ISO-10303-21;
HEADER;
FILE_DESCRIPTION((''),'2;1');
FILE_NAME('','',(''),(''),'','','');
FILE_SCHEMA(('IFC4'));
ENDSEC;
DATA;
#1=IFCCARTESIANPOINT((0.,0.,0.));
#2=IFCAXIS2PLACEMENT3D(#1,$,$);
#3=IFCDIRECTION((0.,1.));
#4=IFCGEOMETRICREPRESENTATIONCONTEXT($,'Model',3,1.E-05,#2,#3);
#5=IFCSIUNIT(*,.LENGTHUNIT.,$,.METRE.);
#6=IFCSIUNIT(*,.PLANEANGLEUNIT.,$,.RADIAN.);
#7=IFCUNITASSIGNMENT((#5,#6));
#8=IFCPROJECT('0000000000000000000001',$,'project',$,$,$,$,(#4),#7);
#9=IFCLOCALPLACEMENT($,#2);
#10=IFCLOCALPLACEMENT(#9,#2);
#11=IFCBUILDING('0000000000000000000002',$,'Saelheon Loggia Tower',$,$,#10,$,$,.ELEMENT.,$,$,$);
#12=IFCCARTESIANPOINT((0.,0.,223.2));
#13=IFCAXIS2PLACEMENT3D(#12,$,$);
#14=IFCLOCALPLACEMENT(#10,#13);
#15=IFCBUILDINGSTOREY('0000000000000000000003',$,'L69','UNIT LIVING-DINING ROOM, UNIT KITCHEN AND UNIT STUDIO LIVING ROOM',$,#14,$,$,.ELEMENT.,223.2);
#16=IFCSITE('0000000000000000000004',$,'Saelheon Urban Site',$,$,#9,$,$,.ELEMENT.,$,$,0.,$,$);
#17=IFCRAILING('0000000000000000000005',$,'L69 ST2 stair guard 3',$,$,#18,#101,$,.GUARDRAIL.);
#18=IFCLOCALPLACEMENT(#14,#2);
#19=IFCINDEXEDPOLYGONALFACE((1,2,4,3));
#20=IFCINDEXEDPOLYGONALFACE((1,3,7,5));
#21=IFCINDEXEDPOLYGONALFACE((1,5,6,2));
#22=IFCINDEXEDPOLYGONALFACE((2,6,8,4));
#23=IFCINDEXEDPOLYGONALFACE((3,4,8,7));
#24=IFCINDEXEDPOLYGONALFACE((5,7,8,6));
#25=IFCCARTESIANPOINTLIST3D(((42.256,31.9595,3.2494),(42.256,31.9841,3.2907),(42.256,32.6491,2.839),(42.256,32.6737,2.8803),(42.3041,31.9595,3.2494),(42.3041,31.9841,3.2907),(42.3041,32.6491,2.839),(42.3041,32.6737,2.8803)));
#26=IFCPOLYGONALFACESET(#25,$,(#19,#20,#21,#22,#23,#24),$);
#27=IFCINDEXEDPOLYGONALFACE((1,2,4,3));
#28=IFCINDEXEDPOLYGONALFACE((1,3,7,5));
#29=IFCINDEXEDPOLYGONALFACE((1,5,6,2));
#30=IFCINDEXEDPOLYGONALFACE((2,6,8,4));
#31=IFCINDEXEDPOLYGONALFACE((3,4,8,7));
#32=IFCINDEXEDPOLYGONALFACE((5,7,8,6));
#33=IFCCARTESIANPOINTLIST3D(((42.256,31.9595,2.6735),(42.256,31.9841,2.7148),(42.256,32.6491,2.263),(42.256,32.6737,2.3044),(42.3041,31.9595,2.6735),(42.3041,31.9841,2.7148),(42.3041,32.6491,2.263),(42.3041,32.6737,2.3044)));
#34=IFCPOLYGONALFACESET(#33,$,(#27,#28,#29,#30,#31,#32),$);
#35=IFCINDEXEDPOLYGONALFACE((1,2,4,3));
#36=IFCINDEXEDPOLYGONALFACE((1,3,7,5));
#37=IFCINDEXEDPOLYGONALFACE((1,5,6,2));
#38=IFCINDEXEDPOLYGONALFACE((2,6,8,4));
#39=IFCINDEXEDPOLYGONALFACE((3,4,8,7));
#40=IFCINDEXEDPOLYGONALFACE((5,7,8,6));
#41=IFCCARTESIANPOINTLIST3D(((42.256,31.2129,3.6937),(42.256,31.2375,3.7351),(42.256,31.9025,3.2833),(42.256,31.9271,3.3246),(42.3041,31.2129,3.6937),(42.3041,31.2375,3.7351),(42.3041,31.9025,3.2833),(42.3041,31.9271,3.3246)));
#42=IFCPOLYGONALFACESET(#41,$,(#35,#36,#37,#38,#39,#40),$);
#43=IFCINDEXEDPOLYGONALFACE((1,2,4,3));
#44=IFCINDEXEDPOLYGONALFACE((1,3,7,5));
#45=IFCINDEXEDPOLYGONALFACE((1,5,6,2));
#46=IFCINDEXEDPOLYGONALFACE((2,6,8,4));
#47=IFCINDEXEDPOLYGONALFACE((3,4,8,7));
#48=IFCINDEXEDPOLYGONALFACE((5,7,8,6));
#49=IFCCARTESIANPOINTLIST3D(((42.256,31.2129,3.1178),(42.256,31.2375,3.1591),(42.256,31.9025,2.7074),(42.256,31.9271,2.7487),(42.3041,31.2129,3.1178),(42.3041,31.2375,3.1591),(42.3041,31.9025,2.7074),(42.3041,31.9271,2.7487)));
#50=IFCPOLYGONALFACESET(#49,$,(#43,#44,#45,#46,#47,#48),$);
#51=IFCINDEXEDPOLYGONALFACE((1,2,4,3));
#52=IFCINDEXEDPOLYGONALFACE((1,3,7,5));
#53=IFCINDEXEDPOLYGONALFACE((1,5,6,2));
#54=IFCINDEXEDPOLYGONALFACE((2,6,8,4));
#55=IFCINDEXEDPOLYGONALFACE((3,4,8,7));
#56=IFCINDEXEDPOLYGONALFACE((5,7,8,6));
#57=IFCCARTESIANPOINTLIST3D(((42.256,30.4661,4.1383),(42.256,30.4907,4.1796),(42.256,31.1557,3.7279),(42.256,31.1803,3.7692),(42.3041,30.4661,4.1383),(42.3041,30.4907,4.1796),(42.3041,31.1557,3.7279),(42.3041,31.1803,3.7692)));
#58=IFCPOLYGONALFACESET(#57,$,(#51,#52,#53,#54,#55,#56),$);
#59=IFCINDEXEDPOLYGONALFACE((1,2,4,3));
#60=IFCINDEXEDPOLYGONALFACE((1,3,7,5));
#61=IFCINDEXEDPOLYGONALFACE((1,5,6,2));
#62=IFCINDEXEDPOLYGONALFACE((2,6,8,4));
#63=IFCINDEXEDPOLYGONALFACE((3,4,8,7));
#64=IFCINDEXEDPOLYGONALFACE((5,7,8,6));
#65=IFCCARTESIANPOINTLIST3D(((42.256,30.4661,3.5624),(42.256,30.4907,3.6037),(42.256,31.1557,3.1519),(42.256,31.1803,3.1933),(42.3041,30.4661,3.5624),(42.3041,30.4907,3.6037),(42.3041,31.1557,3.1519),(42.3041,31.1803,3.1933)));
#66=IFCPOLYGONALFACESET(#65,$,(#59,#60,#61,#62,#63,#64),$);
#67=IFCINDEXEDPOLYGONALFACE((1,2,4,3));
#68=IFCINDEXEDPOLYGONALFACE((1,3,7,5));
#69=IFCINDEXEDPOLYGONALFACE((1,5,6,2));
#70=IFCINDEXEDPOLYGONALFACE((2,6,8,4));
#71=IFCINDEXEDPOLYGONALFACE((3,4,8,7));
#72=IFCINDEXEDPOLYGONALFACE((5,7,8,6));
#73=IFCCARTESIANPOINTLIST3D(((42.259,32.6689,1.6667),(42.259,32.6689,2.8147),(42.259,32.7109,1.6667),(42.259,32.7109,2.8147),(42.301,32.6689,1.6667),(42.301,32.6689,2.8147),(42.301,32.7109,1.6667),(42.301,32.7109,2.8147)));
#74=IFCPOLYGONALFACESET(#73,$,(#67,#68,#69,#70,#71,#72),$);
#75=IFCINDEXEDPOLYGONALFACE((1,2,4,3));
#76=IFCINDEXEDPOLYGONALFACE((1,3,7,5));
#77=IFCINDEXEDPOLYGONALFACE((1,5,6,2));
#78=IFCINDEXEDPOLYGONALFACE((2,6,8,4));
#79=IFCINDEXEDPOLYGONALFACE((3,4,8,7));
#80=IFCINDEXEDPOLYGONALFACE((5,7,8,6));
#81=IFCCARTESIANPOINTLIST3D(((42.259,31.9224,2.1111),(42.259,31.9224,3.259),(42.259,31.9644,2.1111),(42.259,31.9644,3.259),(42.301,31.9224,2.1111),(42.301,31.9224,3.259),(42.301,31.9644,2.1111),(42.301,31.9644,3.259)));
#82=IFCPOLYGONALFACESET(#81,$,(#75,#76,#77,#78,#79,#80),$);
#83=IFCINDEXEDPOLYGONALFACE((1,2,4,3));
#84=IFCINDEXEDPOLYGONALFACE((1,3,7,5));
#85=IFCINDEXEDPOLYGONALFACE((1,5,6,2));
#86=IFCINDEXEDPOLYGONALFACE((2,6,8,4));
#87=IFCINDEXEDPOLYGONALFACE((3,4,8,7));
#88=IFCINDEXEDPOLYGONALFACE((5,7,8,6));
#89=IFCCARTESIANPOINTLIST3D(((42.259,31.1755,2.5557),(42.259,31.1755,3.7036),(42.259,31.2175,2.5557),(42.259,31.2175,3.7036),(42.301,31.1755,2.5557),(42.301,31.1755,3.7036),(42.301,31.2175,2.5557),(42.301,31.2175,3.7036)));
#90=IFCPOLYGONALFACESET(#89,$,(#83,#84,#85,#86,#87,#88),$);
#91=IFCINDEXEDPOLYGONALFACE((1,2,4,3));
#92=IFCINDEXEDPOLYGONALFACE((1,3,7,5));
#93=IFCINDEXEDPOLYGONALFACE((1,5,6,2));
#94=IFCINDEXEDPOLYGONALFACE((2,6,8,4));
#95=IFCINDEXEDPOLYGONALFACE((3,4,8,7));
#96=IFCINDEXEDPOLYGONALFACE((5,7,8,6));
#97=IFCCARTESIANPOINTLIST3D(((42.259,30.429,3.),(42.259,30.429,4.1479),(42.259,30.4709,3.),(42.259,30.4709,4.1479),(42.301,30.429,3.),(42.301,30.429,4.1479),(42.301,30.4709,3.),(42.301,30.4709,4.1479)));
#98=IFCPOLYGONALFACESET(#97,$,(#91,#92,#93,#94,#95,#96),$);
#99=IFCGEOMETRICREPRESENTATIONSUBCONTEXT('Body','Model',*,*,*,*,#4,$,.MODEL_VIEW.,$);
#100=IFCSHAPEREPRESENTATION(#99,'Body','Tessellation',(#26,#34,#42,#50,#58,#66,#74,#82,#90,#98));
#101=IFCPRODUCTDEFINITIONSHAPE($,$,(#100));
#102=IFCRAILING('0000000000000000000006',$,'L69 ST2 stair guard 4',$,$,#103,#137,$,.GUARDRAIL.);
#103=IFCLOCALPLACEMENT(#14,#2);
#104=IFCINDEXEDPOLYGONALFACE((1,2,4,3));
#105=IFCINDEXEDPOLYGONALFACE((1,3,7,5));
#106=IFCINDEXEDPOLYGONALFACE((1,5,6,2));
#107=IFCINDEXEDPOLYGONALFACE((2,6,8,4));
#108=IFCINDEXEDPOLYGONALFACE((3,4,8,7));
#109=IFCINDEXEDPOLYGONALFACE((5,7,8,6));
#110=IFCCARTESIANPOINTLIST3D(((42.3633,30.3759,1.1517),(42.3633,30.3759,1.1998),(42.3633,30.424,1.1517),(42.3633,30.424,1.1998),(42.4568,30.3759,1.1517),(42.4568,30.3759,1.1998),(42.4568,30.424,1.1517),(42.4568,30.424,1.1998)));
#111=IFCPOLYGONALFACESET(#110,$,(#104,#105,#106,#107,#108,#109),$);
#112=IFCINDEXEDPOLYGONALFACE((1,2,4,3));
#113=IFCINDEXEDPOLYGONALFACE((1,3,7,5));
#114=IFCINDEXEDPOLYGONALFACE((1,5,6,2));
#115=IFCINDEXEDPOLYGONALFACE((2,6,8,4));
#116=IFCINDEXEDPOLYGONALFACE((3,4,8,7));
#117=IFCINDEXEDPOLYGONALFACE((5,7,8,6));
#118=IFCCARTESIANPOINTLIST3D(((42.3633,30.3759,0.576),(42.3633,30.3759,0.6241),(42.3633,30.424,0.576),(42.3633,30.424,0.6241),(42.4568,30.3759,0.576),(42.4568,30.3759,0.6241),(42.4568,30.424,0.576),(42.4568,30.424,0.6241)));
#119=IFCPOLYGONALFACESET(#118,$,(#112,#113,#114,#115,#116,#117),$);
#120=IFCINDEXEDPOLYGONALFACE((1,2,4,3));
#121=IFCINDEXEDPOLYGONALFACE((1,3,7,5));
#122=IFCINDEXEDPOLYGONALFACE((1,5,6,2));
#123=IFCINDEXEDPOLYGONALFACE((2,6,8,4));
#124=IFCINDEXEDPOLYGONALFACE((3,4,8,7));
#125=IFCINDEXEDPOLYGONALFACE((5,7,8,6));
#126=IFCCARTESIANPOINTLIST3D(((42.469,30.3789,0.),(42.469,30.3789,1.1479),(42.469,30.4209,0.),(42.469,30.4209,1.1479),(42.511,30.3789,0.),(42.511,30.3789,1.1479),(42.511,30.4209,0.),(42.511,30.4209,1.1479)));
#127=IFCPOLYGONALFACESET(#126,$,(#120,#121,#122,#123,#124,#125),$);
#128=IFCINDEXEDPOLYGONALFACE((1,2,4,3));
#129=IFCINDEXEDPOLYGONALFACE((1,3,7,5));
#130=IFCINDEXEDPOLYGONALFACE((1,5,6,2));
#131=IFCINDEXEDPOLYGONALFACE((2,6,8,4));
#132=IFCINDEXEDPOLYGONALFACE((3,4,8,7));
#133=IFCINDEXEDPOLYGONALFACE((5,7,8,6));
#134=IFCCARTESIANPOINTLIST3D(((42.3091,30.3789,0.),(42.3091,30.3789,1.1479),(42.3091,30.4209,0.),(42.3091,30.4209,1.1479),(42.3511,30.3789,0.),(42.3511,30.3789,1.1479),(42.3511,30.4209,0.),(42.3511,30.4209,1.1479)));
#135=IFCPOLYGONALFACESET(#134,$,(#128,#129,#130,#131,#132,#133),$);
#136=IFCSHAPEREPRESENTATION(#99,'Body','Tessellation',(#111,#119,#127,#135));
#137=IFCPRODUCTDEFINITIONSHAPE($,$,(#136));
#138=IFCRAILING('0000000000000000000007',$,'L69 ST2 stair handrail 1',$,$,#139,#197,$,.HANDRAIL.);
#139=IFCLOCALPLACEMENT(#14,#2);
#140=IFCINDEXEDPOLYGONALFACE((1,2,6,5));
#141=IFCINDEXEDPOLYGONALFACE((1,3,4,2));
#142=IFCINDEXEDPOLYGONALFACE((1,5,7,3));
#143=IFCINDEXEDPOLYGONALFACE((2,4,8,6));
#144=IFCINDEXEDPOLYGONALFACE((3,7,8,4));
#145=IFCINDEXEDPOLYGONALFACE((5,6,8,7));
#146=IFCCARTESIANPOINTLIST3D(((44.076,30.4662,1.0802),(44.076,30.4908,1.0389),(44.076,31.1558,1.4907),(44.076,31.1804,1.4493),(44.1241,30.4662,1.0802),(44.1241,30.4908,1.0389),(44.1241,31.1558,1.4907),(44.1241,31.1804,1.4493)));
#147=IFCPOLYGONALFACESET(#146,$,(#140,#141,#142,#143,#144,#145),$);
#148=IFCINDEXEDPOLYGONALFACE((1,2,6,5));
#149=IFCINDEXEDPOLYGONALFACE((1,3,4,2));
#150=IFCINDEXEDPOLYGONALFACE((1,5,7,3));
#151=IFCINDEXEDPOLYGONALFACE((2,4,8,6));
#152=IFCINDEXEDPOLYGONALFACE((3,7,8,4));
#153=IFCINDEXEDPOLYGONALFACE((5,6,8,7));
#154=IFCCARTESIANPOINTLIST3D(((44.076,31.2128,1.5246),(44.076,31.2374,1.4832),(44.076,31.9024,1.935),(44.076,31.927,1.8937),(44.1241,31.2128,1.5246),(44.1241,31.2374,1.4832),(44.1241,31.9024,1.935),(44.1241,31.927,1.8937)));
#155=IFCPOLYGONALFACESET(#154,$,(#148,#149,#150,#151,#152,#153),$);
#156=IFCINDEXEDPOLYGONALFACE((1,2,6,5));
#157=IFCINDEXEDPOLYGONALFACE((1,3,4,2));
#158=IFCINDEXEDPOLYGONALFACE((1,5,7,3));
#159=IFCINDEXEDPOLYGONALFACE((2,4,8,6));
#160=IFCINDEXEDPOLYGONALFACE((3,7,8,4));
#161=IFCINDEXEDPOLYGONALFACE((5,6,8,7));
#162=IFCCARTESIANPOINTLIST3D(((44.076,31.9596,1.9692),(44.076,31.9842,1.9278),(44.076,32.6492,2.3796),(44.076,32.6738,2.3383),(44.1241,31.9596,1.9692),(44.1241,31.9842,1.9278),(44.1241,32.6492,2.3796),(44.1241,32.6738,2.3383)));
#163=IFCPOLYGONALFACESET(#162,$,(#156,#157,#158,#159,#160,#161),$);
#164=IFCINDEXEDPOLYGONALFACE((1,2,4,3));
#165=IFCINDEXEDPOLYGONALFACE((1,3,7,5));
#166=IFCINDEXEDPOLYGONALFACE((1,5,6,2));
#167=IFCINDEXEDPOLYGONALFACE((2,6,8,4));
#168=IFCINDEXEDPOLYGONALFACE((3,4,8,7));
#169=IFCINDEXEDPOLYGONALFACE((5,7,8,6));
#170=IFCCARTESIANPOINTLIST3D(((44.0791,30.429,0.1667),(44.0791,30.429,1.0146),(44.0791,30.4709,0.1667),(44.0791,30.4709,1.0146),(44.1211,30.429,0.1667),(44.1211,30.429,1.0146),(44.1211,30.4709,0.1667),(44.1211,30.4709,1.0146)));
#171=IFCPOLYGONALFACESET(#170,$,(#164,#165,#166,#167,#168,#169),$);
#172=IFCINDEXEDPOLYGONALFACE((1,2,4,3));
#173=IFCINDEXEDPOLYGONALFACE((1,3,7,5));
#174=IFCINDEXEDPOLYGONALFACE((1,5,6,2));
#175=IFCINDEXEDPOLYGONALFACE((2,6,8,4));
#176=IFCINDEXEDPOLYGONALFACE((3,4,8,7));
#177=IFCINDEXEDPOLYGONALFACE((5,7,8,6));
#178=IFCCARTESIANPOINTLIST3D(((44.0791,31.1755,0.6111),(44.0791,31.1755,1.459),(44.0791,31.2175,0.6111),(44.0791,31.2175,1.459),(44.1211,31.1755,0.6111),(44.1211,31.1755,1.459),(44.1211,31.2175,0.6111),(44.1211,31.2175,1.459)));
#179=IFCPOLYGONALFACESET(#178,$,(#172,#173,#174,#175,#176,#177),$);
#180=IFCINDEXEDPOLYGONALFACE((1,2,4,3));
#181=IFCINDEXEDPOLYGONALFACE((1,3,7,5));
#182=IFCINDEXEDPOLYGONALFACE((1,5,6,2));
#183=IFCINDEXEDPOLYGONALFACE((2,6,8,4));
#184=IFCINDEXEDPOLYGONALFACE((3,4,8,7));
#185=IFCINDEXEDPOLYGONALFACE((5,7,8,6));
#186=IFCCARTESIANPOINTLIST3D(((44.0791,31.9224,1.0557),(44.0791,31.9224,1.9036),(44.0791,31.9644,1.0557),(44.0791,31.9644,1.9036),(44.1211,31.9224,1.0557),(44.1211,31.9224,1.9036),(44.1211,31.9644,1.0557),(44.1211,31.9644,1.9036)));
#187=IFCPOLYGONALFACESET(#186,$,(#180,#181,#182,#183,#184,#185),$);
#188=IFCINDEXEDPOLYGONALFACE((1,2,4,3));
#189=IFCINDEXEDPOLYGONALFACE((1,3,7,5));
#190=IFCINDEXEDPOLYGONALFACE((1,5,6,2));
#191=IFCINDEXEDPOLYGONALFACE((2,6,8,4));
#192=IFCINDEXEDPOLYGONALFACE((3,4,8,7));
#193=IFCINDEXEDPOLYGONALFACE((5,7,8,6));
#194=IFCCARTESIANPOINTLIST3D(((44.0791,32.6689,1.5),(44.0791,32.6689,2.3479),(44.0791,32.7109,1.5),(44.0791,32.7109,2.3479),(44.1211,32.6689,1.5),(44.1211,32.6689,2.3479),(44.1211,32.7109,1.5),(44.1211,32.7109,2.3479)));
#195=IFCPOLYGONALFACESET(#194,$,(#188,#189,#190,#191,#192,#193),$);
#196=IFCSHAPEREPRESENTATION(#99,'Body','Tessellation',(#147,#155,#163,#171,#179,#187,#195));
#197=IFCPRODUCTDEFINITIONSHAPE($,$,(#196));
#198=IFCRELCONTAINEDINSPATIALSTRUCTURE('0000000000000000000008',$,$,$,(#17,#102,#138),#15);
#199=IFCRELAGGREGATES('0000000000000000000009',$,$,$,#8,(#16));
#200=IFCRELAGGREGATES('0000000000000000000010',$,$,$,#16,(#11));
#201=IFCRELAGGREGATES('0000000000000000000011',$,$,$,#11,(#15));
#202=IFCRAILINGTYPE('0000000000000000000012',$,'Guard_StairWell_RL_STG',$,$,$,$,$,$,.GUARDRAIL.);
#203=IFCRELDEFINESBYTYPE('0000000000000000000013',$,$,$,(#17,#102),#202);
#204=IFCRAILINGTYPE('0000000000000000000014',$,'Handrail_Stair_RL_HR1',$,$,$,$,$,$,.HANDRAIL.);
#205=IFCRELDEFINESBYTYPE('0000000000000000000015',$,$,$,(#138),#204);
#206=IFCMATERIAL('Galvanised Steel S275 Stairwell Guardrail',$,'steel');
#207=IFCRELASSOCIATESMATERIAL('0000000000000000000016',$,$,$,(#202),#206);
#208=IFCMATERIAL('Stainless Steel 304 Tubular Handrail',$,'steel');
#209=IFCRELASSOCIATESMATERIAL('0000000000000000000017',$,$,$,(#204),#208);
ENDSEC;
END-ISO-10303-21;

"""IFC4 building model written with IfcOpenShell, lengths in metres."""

from ifc_helpers import new_model, si_unit, direction, frame, origin, origin_2d, place, context, subcontext, project, spatial, rectangle, extrude, material, type_object, element, save


model = new_model("IFC4")

# Units and contexts
model_context = context("Model", 3, precision=1e-05, world=origin(), true_north=direction((0.0, 1.0)))
body_context = subcontext(model_context, "Body", "Model", "MODEL_VIEW")
ifc_project = project(units=[si_unit("LENGTHUNIT", "METRE"), si_unit("PLANEANGLEUNIT", "RADIAN")], contexts=[model_context])

# Site, building, storey
site_placement = place(None, origin())
site = spatial("IfcSite", under=ifc_project, at=site_placement, Name="Saelheon Urban Site", CompositionType="ELEMENT", RefElevation=0.0)
building_placement = place(site_placement, origin())
building = spatial("IfcBuilding", under=site, at=building_placement, Name="Saelheon Loggia Tower", CompositionType="ELEMENT")
storey_placement = place(building_placement, frame((0.0, 0.0, 223.2)))
storey = spatial("IfcBuildingStorey", under=building, at=storey_placement, Name="L69", Description="UNIT LIVING-DINING ROOM, UNIT KITCHEN AND UNIT STUDIO LIVING ROOM", CompositionType="ELEMENT", Elevation=223.2)

# Railings
ifc_material_1 = material(Name="Galvanised Steel S275 Stairwell Guardrail", Category="steel")
railing_type_1 = type_object("IfcRailingType", Name="Guard_StairWell_RL_STG", PredefinedType="GUARDRAIL", material=ifc_material_1)
railing_1_placement = place(storey_placement, frame((42.28, 32.6899, 1.6667)))
element("IfcRailing", 1, at=railing_1_placement, inside=storey, type_object=railing_type_1, Name="L69 ST2 stair guard 3", PredefinedType="GUARDRAIL", context=body_context, shape_type="SweptSolid", body=[
    extrude(rectangle(XDim=0.0481, YDim=0.0481, at=origin_2d()), frame((0.0, -0.0286, 1.1929), z_axis=(0.0, -0.859306, 0.511462), x_axis=(1.0, 0.0, 0.0)), (0.0, 0.0, 1.0), 0.8025),
    extrude(rectangle(XDim=0.0481, YDim=0.0481, at=origin_2d()), frame((0.0, -0.0286, 0.6169), z_axis=(0.0, -0.859306, 0.511462), x_axis=(1.0, 0.0, 0.0)), (0.0, 0.0, 1.0), 0.8025),
    extrude(rectangle(XDim=0.0481, YDim=0.0481, at=origin_2d()), frame((0.0, -0.7751, 1.6372), z_axis=(0.0, -0.859306, 0.511462), x_axis=(1.0, 0.0, 0.0)), (0.0, 0.0, 1.0), 0.8025),
    extrude(rectangle(XDim=0.0481, YDim=0.0481, at=origin_2d()), frame((0.0, -0.7751, 1.0613), z_axis=(0.0, -0.859306, 0.511462), x_axis=(1.0, 0.0, 0.0)), (0.0, 0.0, 1.0), 0.8025),
    extrude(rectangle(XDim=0.0481, YDim=0.0481, at=origin_2d()), frame((0.0, -1.522, 2.0818), z_axis=(0.0, -0.859306, 0.511462), x_axis=(1.0, 0.0, 0.0)), (0.0, 0.0, 1.0), 0.8025),
    extrude(rectangle(XDim=0.0481, YDim=0.0481, at=origin_2d()), frame((0.0, -1.522, 1.5059), z_axis=(0.0, -0.859306, 0.511462), x_axis=(1.0, 0.0, 0.0)), (0.0, 0.0, 1.0), 0.8025),
    extrude(rectangle(XDim=0.042, YDim=0.042, at=origin_2d()), origin(), (0.0, 0.0, 1.0), 1.1479),
    extrude(rectangle(XDim=0.042, YDim=0.042, at=origin_2d()), frame((0.0, -0.7466, 0.4443)), (0.0, 0.0, 1.0), 1.1479),
    extrude(rectangle(XDim=0.042, YDim=0.042, at=origin_2d()), frame((0.0, -1.4934, 0.8889)), (0.0, 0.0, 1.0), 1.1479),
    extrude(rectangle(XDim=0.042, YDim=0.042, at=origin_2d()), frame((0.0, -2.24, 1.3333)), (0.0, 0.0, 1.0), 1.1479),
])
railing_2_placement = place(storey_placement, frame((42.49, 30.3999, 0.0)))
element("IfcRailing", 2, at=railing_2_placement, inside=storey, type_object=railing_type_1, Name="L69 ST2 stair guard 4", PredefinedType="GUARDRAIL", context=body_context, shape_type="SweptSolid", body=[
    extrude(rectangle(XDim=0.0481, YDim=0.0481, at=origin_2d()), frame((-0.0332, 0.0, 1.1758), z_axis=(-1.0, 0.0, 0.0), x_axis=(0.0, -1.0, 0.0)), (0.0, 0.0, 1.0), 0.0935),
    extrude(rectangle(XDim=0.0481, YDim=0.0481, at=origin_2d()), frame((-0.0332, 0.0, 0.6001), z_axis=(-1.0, 0.0, 0.0), x_axis=(0.0, -1.0, 0.0)), (0.0, 0.0, 1.0), 0.0935),
    extrude(rectangle(XDim=0.042, YDim=0.042, at=origin_2d()), origin(), (0.0, 0.0, 1.0), 1.1479),
    extrude(rectangle(XDim=0.042, YDim=0.042, at=origin_2d()), frame((-0.1599, 0.0, 0.0)), (0.0, 0.0, 1.0), 1.1479),
])
ifc_material_2 = material(Name="Stainless Steel 304 Tubular Handrail", Category="steel")
railing_type_2 = type_object("IfcRailingType", Name="Handrail_Stair_RL_HR1", PredefinedType="HANDRAIL", material=ifc_material_2)
railing_3_placement = place(storey_placement, frame((44.1001, 30.45, 0.1667)))
element("IfcRailing", 3, at=railing_3_placement, inside=storey, type_object=railing_type_2, Name="L69 ST2 stair handrail 1", PredefinedType="HANDRAIL", context=body_context, shape_type="SweptSolid", body=[
    extrude(rectangle(XDim=0.0481, YDim=0.0481, at=origin_2d()), frame((0.0, 0.0286, 0.8928), z_axis=(0.0, 0.859306, 0.511462), x_axis=(-1.0, 0.0, 0.0)), (0.0, 0.0, 1.0), 0.8025),
    extrude(rectangle(XDim=0.0481, YDim=0.0481, at=origin_2d()), frame((0.0, 0.7751, 1.3372), z_axis=(0.0, 0.859306, 0.511462), x_axis=(-1.0, 0.0, 0.0)), (0.0, 0.0, 1.0), 0.8025),
    extrude(rectangle(XDim=0.0481, YDim=0.0481, at=origin_2d()), frame((0.0, 1.522, 1.7817), z_axis=(0.0, 0.859306, 0.511462), x_axis=(-1.0, 0.0, 0.0)), (0.0, 0.0, 1.0), 0.8025),
    extrude(rectangle(XDim=0.042, YDim=0.042, at=origin_2d()), origin(), (0.0, 0.0, 1.0), 0.8479),
    extrude(rectangle(XDim=0.042, YDim=0.042, at=origin_2d()), frame((0.0, 0.7466, 0.4443)), (0.0, 0.0, 1.0), 0.8479),
    extrude(rectangle(XDim=0.042, YDim=0.042, at=origin_2d()), frame((0.0, 1.4934, 0.8889)), (0.0, 0.0, 1.0), 0.8479),
    extrude(rectangle(XDim=0.042, YDim=0.042, at=origin_2d()), frame((0.0, 2.24, 1.3333)), (0.0, 0.0, 1.0), 0.8479),
])

save(model, "model.ifc")
